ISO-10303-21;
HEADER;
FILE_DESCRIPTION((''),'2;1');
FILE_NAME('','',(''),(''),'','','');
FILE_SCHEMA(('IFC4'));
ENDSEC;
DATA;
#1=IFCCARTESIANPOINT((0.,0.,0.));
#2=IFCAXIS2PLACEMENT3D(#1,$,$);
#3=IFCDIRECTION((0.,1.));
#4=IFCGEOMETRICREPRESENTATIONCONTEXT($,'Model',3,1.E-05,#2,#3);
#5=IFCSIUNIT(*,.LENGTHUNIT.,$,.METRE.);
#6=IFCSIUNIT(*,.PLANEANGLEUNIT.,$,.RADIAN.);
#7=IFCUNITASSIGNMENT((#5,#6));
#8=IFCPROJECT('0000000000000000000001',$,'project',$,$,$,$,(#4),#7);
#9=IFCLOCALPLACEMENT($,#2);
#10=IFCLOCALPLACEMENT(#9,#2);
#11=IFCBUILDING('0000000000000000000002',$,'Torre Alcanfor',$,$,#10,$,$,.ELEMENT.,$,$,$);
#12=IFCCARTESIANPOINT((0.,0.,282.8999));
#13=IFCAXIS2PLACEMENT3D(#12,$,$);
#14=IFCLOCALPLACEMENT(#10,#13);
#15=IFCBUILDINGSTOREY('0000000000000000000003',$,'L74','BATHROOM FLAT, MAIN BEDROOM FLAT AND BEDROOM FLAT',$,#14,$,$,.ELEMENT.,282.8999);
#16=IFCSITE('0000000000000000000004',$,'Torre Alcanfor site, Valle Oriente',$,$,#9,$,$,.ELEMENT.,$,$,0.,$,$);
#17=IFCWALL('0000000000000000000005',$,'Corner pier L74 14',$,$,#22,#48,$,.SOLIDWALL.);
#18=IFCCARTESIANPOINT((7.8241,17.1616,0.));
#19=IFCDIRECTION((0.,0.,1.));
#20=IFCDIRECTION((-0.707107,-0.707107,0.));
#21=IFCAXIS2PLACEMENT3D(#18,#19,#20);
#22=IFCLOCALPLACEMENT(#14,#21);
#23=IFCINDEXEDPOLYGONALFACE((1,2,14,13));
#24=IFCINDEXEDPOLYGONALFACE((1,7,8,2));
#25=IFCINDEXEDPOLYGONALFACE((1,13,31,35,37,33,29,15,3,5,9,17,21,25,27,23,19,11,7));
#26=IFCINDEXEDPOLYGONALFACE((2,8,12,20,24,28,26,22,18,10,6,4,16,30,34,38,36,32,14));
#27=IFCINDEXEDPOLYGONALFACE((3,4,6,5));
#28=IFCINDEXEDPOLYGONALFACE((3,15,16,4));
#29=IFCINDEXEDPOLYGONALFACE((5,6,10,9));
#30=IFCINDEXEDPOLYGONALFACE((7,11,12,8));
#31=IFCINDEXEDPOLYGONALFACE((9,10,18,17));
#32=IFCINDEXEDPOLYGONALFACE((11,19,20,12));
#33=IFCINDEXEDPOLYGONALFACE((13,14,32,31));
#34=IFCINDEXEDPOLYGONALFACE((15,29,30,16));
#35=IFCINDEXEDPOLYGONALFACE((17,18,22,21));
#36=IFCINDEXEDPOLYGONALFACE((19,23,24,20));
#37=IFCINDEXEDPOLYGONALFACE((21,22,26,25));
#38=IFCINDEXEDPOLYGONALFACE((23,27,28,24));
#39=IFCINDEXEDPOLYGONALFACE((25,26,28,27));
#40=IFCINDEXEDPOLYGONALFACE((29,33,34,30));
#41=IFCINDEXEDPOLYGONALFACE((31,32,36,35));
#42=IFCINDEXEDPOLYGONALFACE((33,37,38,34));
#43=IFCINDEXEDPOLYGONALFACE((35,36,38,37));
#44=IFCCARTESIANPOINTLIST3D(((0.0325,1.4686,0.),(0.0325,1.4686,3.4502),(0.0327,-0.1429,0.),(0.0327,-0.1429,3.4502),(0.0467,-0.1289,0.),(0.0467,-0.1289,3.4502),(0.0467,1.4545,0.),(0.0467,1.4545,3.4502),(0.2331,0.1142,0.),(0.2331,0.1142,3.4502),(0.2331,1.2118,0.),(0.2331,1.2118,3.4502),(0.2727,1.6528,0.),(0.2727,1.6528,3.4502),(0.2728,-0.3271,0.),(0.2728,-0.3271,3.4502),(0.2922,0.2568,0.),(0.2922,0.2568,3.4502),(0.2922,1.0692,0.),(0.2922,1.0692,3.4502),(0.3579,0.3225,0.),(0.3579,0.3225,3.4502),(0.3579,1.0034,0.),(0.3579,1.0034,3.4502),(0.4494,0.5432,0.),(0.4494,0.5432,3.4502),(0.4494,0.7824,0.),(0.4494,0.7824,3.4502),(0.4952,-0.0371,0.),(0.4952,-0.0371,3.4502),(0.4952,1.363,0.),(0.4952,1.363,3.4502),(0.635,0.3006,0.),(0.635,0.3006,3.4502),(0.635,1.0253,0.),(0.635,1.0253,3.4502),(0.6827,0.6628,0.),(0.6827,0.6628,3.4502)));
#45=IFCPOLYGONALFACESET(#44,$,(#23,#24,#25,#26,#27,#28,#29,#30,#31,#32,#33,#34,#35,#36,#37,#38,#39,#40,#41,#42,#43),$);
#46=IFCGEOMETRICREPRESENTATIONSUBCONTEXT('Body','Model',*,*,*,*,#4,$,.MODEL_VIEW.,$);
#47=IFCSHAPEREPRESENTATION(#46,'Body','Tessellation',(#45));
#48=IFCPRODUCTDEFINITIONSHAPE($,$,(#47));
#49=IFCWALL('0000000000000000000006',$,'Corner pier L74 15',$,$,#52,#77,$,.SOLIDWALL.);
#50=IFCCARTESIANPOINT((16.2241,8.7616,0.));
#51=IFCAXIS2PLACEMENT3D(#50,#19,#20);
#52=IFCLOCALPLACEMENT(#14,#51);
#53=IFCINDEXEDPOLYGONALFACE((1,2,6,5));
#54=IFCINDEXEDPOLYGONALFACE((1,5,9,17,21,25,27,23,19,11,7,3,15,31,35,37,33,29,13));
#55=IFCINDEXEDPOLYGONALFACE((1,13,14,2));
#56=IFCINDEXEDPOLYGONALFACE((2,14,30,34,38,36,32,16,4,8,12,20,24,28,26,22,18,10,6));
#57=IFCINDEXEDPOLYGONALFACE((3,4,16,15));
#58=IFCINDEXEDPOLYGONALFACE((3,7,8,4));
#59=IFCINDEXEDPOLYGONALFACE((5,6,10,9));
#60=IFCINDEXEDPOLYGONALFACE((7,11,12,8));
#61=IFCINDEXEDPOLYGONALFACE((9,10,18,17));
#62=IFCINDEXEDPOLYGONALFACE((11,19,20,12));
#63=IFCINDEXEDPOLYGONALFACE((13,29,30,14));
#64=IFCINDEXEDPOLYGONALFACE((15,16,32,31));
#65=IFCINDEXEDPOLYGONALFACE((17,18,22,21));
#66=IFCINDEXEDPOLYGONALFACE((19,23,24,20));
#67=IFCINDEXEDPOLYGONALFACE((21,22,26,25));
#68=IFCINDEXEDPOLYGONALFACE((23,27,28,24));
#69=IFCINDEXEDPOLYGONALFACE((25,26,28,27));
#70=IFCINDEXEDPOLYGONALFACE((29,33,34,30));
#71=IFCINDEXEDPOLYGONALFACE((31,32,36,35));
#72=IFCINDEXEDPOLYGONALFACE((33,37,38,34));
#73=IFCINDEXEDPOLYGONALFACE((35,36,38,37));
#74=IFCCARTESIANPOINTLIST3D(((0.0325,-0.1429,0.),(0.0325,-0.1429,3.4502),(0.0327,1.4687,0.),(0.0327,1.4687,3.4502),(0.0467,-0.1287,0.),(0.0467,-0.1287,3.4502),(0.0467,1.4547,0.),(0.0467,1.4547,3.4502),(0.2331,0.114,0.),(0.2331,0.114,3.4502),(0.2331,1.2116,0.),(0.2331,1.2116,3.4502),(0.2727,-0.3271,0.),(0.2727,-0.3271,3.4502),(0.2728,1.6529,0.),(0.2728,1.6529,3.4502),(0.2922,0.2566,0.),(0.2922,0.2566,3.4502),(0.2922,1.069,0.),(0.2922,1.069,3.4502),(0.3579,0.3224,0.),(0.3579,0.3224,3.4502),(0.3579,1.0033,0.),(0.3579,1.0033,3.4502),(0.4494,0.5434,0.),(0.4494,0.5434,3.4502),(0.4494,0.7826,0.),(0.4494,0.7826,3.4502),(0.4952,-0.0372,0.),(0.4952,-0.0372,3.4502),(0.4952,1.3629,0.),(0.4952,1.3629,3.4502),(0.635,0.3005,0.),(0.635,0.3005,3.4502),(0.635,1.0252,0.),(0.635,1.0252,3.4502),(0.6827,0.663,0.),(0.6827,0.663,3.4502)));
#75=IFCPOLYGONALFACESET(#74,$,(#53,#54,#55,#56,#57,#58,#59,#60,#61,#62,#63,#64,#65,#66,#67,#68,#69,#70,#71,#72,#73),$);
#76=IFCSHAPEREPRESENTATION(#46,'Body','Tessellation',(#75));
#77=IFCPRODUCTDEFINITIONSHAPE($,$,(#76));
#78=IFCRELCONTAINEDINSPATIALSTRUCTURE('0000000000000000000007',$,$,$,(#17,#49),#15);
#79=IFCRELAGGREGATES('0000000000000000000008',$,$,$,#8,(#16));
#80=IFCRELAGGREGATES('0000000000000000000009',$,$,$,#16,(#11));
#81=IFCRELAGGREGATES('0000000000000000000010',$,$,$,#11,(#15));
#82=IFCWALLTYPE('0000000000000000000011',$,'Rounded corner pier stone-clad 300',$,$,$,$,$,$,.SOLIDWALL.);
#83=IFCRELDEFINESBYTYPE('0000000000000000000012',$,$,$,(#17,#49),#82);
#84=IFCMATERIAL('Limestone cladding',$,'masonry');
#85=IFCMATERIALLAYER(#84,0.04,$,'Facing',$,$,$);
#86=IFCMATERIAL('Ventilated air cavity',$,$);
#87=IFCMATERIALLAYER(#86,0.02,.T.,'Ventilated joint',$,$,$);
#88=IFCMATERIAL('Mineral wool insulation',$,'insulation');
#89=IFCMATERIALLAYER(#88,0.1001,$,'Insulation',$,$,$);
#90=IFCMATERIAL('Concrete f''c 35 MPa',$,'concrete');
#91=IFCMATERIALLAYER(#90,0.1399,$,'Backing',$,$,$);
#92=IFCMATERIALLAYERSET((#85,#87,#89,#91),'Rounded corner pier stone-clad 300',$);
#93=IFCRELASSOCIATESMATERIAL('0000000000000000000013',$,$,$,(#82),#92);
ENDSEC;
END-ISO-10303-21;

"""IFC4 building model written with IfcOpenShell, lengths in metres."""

from ifc_helpers import new_model, si_unit, direction, frame, origin, place, context, subcontext, project, spatial, polyline, outline, extrude, material, layer, layer_set, type_object, element, save


model = new_model("IFC4")

# Units and contexts
model_context = context("Model", 3, precision=1e-05, world=origin(), true_north=direction((0.0, 1.0)))
body_context = subcontext(model_context, "Body", "Model", "MODEL_VIEW")
ifc_project = project(units=[si_unit("LENGTHUNIT", "METRE"), si_unit("PLANEANGLEUNIT", "RADIAN")], contexts=[model_context])

# Site, building, storey
site_placement = place(None, origin())
site = spatial("IfcSite", under=ifc_project, at=site_placement, Name="Torre Alcanfor site, Valle Oriente", CompositionType="ELEMENT", RefElevation=0.0)
building_placement = place(site_placement, origin())
building = spatial("IfcBuilding", under=site, at=building_placement, Name="Torre Alcanfor", CompositionType="ELEMENT")
storey_placement = place(building_placement, frame((0.0, 0.0, 282.8999)))
storey = spatial("IfcBuildingStorey", under=building, at=storey_placement, Name="L74", Description="BATHROOM FLAT, MAIN BEDROOM FLAT AND BEDROOM FLAT", CompositionType="ELEMENT", Elevation=282.8999)

# Shared definitions
ifc_material_1 = material(Name="Limestone cladding", Category="masonry")
ifc_material_2 = material(Name="Ventilated air cavity")
ifc_material_3 = material(Name="Mineral wool insulation", Category="insulation")
ifc_material_4 = material(Name="Concrete f'c 35 MPa", Category="concrete")

# Walls
ifc_layer_1 = layer(ifc_material_1, 0.04, Name="Facing")
ifc_layer_2 = layer(ifc_material_2, 0.02, ventilated=True, Name="Ventilated joint")
ifc_layer_3 = layer(ifc_material_3, 0.1001, Name="Insulation")
ifc_layer_4 = layer(ifc_material_4, 0.1399, Name="Backing")
ifc_layer_set_1 = layer_set([ifc_layer_1, ifc_layer_2, ifc_layer_3, ifc_layer_4], Name="Rounded corner pier stone-clad 300")
wall_type_1 = type_object("IfcWallType", Name="Rounded corner pier stone-clad 300", PredefinedType="SOLIDWALL", material=ifc_layer_set_1)
wall_1_placement = place(storey_placement, frame((7.8241, 17.1616, 0.0), z_axis=(0.0, 0.0, 1.0), x_axis=(-0.707107, -0.707107, 0.0)))
element("IfcWall", 1, at=wall_1_placement, inside=storey, type_object=wall_type_1, Name="Corner pier L74 14", PredefinedType="SOLIDWALL", context=body_context, shape_type="SweptSolid", body=[
    extrude(outline(polyline([(0.0467, 1.4545), (0.2331, 1.2118), (0.2922, 1.0692), (0.3579, 1.0034), (0.4494, 0.7824), (0.4494, 0.5432), (0.3579, 0.3225), (0.2922, 0.2568), (0.2331, 0.1142), (0.0467, -0.1289), (0.0327, -0.1429), (0.2728, -0.3271), (0.4952, -0.0371), (0.635, 0.3006), (0.6827, 0.6628), (0.635, 1.0253), (0.4952, 1.363), (0.2727, 1.6528), (0.0325, 1.4686), (0.0467, 1.4545)])), origin(), (0.0, 0.0, 1.0), 3.4502),
])
wall_2_placement = place(storey_placement, frame((16.2241, 8.7616, 0.0), z_axis=(0.0, 0.0, 1.0), x_axis=(-0.707107, -0.707107, 0.0)))
element("IfcWall", 2, at=wall_2_placement, inside=storey, type_object=wall_type_1, Name="Corner pier L74 15", PredefinedType="SOLIDWALL", context=body_context, shape_type="SweptSolid", body=[
    extrude(outline(polyline([(0.0327, 1.4687), (0.0467, 1.4547), (0.2331, 1.2116), (0.2922, 1.069), (0.3579, 1.0033), (0.4494, 0.7826), (0.4494, 0.5434), (0.3579, 0.3224), (0.2922, 0.2566), (0.2331, 0.114), (0.0467, -0.1287), (0.0325, -0.1429), (0.2727, -0.3271), (0.4952, -0.0372), (0.635, 0.3005), (0.6827, 0.663), (0.635, 1.0252), (0.4952, 1.3629), (0.2728, 1.6529), (0.0327, 1.4687)])), origin(), (0.0, 0.0, 1.0), 3.4502),
])

save(model, "model.ifc")
